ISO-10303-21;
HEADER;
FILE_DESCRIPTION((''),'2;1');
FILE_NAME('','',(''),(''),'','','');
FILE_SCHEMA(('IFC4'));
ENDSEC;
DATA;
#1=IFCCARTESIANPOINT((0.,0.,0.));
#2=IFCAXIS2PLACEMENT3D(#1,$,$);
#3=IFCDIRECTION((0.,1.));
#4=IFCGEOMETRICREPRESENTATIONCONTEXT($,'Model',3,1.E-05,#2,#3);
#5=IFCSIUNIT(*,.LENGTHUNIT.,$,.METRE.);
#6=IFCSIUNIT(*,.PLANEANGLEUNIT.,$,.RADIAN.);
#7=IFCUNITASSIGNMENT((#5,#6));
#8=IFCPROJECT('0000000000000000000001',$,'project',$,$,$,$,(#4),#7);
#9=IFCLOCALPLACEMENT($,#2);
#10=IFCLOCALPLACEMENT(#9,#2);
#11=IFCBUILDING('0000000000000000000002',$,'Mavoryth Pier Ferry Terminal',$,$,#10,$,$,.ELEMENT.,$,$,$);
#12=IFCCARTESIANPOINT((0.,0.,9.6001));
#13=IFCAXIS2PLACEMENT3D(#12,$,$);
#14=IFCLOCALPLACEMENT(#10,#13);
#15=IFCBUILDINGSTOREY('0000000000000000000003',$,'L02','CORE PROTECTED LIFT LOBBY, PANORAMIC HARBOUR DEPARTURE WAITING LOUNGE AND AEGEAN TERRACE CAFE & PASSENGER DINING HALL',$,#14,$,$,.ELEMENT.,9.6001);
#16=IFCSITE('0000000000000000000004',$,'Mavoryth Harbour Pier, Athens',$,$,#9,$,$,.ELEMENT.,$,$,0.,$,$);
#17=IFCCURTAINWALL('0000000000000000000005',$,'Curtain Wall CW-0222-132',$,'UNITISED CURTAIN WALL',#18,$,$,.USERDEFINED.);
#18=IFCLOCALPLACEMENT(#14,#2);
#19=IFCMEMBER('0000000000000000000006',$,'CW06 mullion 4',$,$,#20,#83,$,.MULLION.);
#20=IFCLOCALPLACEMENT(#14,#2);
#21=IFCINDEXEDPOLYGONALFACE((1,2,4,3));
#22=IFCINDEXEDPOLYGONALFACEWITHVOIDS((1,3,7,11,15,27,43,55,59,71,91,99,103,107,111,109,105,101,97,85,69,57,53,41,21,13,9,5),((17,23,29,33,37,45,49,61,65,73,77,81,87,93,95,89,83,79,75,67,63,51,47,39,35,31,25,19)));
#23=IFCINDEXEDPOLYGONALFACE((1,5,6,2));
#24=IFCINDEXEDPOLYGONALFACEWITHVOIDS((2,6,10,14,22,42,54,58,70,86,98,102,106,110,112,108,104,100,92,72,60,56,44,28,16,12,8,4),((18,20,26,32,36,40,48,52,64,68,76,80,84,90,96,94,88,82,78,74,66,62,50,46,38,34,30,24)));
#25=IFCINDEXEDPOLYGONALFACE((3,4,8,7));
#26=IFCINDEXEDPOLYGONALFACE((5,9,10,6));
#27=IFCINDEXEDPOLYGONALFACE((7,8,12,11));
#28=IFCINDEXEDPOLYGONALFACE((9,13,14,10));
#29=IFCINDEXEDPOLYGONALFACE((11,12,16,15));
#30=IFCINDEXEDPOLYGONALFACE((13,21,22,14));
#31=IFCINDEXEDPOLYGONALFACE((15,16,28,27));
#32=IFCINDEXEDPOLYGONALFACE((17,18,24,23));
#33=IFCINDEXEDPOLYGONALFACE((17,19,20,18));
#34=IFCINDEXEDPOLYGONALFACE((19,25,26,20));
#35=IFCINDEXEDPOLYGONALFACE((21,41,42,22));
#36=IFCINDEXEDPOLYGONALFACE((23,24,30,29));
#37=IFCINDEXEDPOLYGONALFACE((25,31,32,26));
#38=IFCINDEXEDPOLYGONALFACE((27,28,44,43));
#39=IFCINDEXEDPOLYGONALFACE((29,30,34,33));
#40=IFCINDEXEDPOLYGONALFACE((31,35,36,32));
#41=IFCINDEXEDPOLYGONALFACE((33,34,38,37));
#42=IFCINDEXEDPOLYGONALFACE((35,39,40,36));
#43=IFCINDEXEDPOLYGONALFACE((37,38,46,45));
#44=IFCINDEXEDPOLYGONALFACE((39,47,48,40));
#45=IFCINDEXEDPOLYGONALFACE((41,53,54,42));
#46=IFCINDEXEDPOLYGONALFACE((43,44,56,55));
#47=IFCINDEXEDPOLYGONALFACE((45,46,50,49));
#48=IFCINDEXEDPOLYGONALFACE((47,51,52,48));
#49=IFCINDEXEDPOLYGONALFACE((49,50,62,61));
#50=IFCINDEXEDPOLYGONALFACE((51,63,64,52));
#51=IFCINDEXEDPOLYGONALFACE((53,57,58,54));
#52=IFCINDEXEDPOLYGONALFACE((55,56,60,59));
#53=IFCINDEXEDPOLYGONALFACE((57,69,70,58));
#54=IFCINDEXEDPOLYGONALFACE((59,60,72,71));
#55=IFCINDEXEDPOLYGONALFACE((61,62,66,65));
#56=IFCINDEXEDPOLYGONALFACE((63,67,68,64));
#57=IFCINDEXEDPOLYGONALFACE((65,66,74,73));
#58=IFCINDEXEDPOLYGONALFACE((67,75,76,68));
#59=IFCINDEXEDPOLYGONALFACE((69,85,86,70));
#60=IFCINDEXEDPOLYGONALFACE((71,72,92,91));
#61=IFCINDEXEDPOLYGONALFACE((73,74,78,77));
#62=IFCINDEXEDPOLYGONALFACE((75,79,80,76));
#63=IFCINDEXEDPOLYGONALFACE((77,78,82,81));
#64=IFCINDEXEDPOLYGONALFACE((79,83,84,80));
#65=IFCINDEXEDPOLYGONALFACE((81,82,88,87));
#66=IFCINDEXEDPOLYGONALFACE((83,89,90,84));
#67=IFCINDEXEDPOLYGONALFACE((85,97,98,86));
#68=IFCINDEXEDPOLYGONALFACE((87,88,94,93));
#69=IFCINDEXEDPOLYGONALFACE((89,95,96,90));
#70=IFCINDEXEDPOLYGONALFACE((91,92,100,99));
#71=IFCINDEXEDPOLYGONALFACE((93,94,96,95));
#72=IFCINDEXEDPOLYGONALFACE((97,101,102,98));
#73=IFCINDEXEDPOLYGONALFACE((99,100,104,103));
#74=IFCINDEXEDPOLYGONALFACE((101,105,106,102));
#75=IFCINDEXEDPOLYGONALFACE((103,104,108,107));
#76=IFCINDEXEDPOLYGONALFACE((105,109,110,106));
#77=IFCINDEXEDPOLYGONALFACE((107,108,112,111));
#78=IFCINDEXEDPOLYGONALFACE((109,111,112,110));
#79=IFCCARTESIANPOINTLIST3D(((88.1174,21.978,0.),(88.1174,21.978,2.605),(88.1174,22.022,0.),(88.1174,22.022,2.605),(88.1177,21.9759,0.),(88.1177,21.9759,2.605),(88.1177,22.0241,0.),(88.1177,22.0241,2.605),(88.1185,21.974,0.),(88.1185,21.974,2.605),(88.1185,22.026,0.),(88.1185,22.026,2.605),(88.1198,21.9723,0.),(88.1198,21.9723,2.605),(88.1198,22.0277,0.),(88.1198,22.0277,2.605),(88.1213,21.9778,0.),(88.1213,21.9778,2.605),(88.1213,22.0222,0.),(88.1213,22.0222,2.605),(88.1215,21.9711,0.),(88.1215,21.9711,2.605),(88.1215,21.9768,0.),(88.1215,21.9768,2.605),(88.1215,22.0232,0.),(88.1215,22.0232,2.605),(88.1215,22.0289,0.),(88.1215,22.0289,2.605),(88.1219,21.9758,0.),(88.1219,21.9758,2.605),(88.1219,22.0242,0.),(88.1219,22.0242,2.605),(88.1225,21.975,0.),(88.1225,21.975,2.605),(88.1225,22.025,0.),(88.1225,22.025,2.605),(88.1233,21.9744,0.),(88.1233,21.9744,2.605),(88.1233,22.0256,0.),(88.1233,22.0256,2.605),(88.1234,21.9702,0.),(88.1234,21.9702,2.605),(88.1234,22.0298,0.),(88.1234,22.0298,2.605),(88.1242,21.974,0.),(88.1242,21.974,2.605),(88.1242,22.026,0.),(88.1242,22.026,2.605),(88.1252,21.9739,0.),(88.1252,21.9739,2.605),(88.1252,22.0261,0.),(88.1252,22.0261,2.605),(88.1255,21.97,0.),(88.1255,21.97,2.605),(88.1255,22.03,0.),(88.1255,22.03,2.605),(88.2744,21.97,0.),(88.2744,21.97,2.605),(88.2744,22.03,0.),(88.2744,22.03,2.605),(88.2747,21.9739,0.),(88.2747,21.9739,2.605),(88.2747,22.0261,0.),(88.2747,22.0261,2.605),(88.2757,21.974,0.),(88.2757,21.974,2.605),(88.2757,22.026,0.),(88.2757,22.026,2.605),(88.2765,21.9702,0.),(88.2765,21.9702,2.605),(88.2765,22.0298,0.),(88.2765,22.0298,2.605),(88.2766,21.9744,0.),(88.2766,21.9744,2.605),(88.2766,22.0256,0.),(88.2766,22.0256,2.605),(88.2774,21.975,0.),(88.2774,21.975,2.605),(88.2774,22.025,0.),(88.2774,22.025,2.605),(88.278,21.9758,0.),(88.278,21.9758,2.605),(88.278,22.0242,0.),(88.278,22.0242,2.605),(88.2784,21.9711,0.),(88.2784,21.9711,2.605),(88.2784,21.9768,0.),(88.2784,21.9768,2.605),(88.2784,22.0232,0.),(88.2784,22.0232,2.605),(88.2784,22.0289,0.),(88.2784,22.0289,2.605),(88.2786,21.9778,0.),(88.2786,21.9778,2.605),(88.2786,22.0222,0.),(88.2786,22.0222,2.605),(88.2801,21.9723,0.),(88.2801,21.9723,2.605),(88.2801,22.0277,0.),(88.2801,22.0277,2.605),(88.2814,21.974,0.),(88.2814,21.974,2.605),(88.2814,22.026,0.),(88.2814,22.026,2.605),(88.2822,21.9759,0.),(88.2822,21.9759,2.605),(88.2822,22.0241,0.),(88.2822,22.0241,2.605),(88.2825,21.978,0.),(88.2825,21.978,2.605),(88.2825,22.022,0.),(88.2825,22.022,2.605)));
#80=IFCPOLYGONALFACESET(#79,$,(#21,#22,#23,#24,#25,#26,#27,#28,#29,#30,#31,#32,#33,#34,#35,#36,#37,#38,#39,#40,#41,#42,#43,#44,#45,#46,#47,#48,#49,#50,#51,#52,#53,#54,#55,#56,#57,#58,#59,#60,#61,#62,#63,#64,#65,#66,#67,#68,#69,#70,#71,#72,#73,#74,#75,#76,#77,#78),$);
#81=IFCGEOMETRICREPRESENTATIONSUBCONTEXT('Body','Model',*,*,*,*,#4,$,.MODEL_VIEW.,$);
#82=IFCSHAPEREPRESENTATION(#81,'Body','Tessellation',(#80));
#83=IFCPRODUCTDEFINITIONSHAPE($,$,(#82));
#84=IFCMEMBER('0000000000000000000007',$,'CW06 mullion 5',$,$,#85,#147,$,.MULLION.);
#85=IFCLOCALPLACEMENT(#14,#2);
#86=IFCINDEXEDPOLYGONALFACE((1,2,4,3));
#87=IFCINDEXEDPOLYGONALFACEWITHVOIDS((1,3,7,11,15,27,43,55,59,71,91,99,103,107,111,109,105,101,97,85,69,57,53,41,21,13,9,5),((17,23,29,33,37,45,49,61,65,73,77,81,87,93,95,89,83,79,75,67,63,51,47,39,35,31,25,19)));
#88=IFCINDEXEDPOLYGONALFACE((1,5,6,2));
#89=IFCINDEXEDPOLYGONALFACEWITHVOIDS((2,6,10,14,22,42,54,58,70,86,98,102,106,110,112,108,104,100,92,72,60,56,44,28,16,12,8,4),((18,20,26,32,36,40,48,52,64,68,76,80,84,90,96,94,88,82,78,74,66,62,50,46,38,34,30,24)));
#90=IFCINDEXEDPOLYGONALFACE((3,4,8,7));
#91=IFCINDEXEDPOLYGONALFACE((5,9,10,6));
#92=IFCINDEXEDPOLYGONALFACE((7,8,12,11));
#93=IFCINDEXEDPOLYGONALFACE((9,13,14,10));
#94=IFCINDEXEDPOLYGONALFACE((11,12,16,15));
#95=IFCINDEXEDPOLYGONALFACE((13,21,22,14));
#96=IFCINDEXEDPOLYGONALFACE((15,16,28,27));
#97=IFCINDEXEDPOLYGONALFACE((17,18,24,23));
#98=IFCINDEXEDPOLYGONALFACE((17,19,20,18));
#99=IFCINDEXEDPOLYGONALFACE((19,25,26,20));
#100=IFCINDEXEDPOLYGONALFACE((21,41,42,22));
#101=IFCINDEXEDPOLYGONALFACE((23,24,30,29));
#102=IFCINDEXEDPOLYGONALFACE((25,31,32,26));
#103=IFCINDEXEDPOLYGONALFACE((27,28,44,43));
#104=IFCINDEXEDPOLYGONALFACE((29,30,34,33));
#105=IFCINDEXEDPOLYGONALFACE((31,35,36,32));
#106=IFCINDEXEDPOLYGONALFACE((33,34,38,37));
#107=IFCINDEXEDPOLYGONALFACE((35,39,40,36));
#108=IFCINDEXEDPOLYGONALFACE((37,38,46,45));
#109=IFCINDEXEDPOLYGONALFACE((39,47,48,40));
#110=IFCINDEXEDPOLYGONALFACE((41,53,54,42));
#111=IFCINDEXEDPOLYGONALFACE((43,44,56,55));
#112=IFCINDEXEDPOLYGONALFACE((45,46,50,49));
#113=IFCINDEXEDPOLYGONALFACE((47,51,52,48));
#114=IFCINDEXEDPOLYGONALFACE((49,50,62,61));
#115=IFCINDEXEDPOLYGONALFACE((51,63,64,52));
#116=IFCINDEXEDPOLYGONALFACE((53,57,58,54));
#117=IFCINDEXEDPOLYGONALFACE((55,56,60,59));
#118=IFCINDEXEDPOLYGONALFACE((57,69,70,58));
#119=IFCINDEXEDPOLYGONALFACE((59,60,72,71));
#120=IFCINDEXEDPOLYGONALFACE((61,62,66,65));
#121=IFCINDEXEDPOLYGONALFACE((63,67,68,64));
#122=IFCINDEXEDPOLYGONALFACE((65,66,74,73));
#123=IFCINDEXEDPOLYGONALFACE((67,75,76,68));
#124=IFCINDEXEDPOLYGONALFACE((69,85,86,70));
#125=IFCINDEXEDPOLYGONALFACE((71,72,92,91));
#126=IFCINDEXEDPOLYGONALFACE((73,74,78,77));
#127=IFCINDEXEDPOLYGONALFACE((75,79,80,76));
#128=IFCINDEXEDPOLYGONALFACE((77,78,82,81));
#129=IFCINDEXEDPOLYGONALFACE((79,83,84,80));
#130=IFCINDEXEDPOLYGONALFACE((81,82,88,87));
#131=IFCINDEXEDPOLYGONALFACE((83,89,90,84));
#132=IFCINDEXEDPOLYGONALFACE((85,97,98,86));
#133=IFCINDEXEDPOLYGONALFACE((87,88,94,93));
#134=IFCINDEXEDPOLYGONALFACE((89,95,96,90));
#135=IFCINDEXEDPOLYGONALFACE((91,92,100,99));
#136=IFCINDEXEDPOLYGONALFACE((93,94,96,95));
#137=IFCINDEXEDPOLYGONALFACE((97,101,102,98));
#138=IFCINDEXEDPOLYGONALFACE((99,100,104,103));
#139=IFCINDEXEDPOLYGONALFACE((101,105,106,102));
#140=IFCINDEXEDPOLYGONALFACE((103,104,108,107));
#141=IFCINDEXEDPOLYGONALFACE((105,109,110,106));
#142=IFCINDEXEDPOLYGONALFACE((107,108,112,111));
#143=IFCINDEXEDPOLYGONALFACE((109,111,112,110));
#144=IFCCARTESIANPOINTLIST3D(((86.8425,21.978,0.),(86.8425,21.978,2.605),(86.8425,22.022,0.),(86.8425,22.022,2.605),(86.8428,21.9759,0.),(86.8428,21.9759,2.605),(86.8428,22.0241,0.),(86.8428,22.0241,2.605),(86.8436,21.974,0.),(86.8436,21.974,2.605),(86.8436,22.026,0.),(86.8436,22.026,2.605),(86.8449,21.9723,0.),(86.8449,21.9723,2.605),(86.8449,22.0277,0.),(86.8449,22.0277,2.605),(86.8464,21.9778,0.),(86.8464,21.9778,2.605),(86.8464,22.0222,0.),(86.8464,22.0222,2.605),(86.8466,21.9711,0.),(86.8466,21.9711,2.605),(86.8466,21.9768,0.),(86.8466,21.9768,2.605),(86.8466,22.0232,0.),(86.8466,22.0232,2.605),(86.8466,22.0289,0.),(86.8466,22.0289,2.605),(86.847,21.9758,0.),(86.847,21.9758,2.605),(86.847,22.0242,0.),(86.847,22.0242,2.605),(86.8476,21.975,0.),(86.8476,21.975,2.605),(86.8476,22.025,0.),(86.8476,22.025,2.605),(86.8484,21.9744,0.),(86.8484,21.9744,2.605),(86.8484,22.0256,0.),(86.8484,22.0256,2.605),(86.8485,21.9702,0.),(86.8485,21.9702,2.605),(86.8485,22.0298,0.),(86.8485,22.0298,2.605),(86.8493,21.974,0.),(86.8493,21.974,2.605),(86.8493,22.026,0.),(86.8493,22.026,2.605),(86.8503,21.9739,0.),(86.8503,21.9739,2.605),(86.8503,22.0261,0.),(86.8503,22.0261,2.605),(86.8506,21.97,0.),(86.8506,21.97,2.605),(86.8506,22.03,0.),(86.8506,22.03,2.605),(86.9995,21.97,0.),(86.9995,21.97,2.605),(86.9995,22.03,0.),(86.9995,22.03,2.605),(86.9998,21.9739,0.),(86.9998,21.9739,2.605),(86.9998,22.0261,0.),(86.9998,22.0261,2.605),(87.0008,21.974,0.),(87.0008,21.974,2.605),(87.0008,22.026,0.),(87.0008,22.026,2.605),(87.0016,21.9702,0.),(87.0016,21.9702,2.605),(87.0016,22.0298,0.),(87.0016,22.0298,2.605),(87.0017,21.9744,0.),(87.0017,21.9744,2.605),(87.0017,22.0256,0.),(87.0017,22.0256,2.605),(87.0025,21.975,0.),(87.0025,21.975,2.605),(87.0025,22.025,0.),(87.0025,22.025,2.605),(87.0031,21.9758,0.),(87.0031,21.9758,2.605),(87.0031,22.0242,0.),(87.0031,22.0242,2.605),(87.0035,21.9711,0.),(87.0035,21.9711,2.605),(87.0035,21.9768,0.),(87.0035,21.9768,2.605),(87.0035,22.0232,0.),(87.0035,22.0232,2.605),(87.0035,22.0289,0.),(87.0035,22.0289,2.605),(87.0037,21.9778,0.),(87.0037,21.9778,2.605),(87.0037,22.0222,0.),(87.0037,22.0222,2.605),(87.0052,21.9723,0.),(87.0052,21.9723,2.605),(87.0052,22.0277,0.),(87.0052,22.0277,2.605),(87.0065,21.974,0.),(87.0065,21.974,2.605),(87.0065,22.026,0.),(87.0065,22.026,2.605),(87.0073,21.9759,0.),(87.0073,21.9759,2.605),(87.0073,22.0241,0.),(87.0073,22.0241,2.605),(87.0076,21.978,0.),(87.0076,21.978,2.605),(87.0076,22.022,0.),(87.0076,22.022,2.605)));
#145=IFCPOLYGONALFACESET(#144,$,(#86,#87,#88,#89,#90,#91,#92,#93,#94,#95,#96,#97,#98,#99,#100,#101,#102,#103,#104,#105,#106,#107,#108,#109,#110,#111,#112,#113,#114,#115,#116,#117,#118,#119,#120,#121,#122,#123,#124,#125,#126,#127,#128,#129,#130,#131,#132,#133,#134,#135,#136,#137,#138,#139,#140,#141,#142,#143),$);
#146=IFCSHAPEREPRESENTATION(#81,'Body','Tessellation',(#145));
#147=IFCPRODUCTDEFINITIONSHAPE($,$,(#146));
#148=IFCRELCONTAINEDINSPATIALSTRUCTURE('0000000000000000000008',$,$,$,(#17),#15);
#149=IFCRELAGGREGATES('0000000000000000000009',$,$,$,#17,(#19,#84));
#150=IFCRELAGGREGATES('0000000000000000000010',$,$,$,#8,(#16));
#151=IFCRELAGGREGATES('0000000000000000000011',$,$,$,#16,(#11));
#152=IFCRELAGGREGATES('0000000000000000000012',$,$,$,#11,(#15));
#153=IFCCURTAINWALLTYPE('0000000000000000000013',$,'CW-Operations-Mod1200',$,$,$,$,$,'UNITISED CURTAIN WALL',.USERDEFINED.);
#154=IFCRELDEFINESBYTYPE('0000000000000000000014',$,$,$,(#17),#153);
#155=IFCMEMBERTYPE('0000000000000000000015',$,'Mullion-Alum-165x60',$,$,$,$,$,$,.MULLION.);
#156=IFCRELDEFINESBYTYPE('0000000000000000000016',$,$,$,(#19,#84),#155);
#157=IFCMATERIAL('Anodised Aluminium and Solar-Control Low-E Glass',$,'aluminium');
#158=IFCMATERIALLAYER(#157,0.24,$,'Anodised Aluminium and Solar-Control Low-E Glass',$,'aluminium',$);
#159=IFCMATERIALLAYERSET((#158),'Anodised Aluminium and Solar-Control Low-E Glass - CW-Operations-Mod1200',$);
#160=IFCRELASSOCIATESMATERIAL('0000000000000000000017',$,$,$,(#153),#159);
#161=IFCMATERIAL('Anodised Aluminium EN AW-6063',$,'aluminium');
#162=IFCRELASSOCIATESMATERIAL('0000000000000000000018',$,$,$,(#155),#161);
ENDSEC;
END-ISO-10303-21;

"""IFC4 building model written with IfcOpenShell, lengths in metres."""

from ifc_helpers import new_model, si_unit, direction, frame, origin, origin_2d, place, context, subcontext, project, spatial, hollow_rectangle, extrude, material, layer, layer_set, material_profile, profile_set, type_object, element, aggregate, save


model = new_model("IFC4")

# Units and contexts
model_context = context("Model", 3, precision=1e-05, world=origin(), true_north=direction((0.0, 1.0)))
body_context = subcontext(model_context, "Body", "Model", "MODEL_VIEW")
ifc_project = project(units=[si_unit("LENGTHUNIT", "METRE"), si_unit("PLANEANGLEUNIT", "RADIAN")], contexts=[model_context])

# Site, building, storey
site_placement = place(None, origin())
site = spatial("IfcSite", under=ifc_project, at=site_placement, Name="Mavoryth Harbour Pier, Athens", CompositionType="ELEMENT", RefElevation=0.0)
building_placement = place(site_placement, origin())
building = spatial("IfcBuilding", under=site, at=building_placement, Name="Mavoryth Pier Ferry Terminal", CompositionType="ELEMENT")
storey_placement = place(building_placement, frame((0.0, 0.0, 9.6001)))
storey = spatial("IfcBuildingStorey", under=building, at=storey_placement, Name="L02", Description="CORE PROTECTED LIFT LOBBY, PANORAMIC HARBOUR DEPARTURE WAITING LOUNGE AND AEGEAN TERRACE CAFE & PASSENGER DINING HALL", CompositionType="ELEMENT", Elevation=9.6001)

# Curtain wall, members
ifc_material_1 = material(Name="Anodised Aluminium and Solar-Control Low-E Glass", Category="aluminium")
ifc_layer_1 = layer(ifc_material_1, 0.24, Name="Anodised Aluminium and Solar-Control Low-E Glass", Category="aluminium")
ifc_layer_set_1 = layer_set([ifc_layer_1], Name="Anodised Aluminium and Solar-Control Low-E Glass - CW-Operations-Mod1200")
curtain_wall_type = type_object("IfcCurtainWallType", Name="CW-Operations-Mod1200", ElementType="UNITISED CURTAIN WALL", PredefinedType="USERDEFINED", material=ifc_layer_set_1)
curtain_wall_placement = place(storey_placement, origin())
curtain_wall = element("IfcCurtainWall", 1, at=curtain_wall_placement, inside=storey, type_object=curtain_wall_type, Name="Curtain Wall CW-0222-132", ObjectType="UNITISED CURTAIN WALL", PredefinedType="USERDEFINED")
ifc_material_2 = material(Name="Anodised Aluminium EN AW-6063", Category="aluminium")
ifc_material_profile_1 = material_profile(ifc_material_2, hollow_rectangle(XDim=0.0601, YDim=0.165, WallThickness=0.0039, InnerFilletRadius=0.0039, OuterFilletRadius=0.0081, at=origin_2d()), Name="AL-MULL 165x60x4", Category="aluminium")
ifc_profile_set_1 = profile_set([ifc_material_profile_1], Name="Anodised Aluminium EN AW-6063 - AL-MULL 165x60x4")
member_type_1 = type_object("IfcMemberType", Name="Mullion-Alum-165x60", PredefinedType="MULLION", material=ifc_profile_set_1)
member_1_placement = place(storey_placement, frame((88.2, 22.0, 0.0), z_axis=(0.0, 0.0, 1.0), x_axis=(0.0, -1.0, 0.0)))
member_1 = element("IfcMember", 2, at=member_1_placement, type_object=member_type_1, Name="CW06 mullion 4", PredefinedType="MULLION", context=body_context, shape_type="SweptSolid", body=[
    extrude(hollow_rectangle(XDim=0.0601, YDim=0.165, WallThickness=0.0039, InnerFilletRadius=0.0039, OuterFilletRadius=0.0081, at=origin_2d()), origin(), (0.0, 0.0, 1.0), 2.605),
])
member_2_placement = place(storey_placement, frame((86.925, 22.0, 0.0), z_axis=(0.0, 0.0, 1.0), x_axis=(0.0, -1.0, 0.0)))
member_2 = element("IfcMember", 3, at=member_2_placement, type_object=member_type_1, Name="CW06 mullion 5", PredefinedType="MULLION", context=body_context, shape_type="SweptSolid", body=[
    extrude(hollow_rectangle(XDim=0.0601, YDim=0.165, WallThickness=0.0039, InnerFilletRadius=0.0039, OuterFilletRadius=0.0081, at=origin_2d()), origin(), (0.0, 0.0, 1.0), 2.605),
])

aggregate(curtain_wall, [member_1, member_2])

save(model, "model.ifc")
